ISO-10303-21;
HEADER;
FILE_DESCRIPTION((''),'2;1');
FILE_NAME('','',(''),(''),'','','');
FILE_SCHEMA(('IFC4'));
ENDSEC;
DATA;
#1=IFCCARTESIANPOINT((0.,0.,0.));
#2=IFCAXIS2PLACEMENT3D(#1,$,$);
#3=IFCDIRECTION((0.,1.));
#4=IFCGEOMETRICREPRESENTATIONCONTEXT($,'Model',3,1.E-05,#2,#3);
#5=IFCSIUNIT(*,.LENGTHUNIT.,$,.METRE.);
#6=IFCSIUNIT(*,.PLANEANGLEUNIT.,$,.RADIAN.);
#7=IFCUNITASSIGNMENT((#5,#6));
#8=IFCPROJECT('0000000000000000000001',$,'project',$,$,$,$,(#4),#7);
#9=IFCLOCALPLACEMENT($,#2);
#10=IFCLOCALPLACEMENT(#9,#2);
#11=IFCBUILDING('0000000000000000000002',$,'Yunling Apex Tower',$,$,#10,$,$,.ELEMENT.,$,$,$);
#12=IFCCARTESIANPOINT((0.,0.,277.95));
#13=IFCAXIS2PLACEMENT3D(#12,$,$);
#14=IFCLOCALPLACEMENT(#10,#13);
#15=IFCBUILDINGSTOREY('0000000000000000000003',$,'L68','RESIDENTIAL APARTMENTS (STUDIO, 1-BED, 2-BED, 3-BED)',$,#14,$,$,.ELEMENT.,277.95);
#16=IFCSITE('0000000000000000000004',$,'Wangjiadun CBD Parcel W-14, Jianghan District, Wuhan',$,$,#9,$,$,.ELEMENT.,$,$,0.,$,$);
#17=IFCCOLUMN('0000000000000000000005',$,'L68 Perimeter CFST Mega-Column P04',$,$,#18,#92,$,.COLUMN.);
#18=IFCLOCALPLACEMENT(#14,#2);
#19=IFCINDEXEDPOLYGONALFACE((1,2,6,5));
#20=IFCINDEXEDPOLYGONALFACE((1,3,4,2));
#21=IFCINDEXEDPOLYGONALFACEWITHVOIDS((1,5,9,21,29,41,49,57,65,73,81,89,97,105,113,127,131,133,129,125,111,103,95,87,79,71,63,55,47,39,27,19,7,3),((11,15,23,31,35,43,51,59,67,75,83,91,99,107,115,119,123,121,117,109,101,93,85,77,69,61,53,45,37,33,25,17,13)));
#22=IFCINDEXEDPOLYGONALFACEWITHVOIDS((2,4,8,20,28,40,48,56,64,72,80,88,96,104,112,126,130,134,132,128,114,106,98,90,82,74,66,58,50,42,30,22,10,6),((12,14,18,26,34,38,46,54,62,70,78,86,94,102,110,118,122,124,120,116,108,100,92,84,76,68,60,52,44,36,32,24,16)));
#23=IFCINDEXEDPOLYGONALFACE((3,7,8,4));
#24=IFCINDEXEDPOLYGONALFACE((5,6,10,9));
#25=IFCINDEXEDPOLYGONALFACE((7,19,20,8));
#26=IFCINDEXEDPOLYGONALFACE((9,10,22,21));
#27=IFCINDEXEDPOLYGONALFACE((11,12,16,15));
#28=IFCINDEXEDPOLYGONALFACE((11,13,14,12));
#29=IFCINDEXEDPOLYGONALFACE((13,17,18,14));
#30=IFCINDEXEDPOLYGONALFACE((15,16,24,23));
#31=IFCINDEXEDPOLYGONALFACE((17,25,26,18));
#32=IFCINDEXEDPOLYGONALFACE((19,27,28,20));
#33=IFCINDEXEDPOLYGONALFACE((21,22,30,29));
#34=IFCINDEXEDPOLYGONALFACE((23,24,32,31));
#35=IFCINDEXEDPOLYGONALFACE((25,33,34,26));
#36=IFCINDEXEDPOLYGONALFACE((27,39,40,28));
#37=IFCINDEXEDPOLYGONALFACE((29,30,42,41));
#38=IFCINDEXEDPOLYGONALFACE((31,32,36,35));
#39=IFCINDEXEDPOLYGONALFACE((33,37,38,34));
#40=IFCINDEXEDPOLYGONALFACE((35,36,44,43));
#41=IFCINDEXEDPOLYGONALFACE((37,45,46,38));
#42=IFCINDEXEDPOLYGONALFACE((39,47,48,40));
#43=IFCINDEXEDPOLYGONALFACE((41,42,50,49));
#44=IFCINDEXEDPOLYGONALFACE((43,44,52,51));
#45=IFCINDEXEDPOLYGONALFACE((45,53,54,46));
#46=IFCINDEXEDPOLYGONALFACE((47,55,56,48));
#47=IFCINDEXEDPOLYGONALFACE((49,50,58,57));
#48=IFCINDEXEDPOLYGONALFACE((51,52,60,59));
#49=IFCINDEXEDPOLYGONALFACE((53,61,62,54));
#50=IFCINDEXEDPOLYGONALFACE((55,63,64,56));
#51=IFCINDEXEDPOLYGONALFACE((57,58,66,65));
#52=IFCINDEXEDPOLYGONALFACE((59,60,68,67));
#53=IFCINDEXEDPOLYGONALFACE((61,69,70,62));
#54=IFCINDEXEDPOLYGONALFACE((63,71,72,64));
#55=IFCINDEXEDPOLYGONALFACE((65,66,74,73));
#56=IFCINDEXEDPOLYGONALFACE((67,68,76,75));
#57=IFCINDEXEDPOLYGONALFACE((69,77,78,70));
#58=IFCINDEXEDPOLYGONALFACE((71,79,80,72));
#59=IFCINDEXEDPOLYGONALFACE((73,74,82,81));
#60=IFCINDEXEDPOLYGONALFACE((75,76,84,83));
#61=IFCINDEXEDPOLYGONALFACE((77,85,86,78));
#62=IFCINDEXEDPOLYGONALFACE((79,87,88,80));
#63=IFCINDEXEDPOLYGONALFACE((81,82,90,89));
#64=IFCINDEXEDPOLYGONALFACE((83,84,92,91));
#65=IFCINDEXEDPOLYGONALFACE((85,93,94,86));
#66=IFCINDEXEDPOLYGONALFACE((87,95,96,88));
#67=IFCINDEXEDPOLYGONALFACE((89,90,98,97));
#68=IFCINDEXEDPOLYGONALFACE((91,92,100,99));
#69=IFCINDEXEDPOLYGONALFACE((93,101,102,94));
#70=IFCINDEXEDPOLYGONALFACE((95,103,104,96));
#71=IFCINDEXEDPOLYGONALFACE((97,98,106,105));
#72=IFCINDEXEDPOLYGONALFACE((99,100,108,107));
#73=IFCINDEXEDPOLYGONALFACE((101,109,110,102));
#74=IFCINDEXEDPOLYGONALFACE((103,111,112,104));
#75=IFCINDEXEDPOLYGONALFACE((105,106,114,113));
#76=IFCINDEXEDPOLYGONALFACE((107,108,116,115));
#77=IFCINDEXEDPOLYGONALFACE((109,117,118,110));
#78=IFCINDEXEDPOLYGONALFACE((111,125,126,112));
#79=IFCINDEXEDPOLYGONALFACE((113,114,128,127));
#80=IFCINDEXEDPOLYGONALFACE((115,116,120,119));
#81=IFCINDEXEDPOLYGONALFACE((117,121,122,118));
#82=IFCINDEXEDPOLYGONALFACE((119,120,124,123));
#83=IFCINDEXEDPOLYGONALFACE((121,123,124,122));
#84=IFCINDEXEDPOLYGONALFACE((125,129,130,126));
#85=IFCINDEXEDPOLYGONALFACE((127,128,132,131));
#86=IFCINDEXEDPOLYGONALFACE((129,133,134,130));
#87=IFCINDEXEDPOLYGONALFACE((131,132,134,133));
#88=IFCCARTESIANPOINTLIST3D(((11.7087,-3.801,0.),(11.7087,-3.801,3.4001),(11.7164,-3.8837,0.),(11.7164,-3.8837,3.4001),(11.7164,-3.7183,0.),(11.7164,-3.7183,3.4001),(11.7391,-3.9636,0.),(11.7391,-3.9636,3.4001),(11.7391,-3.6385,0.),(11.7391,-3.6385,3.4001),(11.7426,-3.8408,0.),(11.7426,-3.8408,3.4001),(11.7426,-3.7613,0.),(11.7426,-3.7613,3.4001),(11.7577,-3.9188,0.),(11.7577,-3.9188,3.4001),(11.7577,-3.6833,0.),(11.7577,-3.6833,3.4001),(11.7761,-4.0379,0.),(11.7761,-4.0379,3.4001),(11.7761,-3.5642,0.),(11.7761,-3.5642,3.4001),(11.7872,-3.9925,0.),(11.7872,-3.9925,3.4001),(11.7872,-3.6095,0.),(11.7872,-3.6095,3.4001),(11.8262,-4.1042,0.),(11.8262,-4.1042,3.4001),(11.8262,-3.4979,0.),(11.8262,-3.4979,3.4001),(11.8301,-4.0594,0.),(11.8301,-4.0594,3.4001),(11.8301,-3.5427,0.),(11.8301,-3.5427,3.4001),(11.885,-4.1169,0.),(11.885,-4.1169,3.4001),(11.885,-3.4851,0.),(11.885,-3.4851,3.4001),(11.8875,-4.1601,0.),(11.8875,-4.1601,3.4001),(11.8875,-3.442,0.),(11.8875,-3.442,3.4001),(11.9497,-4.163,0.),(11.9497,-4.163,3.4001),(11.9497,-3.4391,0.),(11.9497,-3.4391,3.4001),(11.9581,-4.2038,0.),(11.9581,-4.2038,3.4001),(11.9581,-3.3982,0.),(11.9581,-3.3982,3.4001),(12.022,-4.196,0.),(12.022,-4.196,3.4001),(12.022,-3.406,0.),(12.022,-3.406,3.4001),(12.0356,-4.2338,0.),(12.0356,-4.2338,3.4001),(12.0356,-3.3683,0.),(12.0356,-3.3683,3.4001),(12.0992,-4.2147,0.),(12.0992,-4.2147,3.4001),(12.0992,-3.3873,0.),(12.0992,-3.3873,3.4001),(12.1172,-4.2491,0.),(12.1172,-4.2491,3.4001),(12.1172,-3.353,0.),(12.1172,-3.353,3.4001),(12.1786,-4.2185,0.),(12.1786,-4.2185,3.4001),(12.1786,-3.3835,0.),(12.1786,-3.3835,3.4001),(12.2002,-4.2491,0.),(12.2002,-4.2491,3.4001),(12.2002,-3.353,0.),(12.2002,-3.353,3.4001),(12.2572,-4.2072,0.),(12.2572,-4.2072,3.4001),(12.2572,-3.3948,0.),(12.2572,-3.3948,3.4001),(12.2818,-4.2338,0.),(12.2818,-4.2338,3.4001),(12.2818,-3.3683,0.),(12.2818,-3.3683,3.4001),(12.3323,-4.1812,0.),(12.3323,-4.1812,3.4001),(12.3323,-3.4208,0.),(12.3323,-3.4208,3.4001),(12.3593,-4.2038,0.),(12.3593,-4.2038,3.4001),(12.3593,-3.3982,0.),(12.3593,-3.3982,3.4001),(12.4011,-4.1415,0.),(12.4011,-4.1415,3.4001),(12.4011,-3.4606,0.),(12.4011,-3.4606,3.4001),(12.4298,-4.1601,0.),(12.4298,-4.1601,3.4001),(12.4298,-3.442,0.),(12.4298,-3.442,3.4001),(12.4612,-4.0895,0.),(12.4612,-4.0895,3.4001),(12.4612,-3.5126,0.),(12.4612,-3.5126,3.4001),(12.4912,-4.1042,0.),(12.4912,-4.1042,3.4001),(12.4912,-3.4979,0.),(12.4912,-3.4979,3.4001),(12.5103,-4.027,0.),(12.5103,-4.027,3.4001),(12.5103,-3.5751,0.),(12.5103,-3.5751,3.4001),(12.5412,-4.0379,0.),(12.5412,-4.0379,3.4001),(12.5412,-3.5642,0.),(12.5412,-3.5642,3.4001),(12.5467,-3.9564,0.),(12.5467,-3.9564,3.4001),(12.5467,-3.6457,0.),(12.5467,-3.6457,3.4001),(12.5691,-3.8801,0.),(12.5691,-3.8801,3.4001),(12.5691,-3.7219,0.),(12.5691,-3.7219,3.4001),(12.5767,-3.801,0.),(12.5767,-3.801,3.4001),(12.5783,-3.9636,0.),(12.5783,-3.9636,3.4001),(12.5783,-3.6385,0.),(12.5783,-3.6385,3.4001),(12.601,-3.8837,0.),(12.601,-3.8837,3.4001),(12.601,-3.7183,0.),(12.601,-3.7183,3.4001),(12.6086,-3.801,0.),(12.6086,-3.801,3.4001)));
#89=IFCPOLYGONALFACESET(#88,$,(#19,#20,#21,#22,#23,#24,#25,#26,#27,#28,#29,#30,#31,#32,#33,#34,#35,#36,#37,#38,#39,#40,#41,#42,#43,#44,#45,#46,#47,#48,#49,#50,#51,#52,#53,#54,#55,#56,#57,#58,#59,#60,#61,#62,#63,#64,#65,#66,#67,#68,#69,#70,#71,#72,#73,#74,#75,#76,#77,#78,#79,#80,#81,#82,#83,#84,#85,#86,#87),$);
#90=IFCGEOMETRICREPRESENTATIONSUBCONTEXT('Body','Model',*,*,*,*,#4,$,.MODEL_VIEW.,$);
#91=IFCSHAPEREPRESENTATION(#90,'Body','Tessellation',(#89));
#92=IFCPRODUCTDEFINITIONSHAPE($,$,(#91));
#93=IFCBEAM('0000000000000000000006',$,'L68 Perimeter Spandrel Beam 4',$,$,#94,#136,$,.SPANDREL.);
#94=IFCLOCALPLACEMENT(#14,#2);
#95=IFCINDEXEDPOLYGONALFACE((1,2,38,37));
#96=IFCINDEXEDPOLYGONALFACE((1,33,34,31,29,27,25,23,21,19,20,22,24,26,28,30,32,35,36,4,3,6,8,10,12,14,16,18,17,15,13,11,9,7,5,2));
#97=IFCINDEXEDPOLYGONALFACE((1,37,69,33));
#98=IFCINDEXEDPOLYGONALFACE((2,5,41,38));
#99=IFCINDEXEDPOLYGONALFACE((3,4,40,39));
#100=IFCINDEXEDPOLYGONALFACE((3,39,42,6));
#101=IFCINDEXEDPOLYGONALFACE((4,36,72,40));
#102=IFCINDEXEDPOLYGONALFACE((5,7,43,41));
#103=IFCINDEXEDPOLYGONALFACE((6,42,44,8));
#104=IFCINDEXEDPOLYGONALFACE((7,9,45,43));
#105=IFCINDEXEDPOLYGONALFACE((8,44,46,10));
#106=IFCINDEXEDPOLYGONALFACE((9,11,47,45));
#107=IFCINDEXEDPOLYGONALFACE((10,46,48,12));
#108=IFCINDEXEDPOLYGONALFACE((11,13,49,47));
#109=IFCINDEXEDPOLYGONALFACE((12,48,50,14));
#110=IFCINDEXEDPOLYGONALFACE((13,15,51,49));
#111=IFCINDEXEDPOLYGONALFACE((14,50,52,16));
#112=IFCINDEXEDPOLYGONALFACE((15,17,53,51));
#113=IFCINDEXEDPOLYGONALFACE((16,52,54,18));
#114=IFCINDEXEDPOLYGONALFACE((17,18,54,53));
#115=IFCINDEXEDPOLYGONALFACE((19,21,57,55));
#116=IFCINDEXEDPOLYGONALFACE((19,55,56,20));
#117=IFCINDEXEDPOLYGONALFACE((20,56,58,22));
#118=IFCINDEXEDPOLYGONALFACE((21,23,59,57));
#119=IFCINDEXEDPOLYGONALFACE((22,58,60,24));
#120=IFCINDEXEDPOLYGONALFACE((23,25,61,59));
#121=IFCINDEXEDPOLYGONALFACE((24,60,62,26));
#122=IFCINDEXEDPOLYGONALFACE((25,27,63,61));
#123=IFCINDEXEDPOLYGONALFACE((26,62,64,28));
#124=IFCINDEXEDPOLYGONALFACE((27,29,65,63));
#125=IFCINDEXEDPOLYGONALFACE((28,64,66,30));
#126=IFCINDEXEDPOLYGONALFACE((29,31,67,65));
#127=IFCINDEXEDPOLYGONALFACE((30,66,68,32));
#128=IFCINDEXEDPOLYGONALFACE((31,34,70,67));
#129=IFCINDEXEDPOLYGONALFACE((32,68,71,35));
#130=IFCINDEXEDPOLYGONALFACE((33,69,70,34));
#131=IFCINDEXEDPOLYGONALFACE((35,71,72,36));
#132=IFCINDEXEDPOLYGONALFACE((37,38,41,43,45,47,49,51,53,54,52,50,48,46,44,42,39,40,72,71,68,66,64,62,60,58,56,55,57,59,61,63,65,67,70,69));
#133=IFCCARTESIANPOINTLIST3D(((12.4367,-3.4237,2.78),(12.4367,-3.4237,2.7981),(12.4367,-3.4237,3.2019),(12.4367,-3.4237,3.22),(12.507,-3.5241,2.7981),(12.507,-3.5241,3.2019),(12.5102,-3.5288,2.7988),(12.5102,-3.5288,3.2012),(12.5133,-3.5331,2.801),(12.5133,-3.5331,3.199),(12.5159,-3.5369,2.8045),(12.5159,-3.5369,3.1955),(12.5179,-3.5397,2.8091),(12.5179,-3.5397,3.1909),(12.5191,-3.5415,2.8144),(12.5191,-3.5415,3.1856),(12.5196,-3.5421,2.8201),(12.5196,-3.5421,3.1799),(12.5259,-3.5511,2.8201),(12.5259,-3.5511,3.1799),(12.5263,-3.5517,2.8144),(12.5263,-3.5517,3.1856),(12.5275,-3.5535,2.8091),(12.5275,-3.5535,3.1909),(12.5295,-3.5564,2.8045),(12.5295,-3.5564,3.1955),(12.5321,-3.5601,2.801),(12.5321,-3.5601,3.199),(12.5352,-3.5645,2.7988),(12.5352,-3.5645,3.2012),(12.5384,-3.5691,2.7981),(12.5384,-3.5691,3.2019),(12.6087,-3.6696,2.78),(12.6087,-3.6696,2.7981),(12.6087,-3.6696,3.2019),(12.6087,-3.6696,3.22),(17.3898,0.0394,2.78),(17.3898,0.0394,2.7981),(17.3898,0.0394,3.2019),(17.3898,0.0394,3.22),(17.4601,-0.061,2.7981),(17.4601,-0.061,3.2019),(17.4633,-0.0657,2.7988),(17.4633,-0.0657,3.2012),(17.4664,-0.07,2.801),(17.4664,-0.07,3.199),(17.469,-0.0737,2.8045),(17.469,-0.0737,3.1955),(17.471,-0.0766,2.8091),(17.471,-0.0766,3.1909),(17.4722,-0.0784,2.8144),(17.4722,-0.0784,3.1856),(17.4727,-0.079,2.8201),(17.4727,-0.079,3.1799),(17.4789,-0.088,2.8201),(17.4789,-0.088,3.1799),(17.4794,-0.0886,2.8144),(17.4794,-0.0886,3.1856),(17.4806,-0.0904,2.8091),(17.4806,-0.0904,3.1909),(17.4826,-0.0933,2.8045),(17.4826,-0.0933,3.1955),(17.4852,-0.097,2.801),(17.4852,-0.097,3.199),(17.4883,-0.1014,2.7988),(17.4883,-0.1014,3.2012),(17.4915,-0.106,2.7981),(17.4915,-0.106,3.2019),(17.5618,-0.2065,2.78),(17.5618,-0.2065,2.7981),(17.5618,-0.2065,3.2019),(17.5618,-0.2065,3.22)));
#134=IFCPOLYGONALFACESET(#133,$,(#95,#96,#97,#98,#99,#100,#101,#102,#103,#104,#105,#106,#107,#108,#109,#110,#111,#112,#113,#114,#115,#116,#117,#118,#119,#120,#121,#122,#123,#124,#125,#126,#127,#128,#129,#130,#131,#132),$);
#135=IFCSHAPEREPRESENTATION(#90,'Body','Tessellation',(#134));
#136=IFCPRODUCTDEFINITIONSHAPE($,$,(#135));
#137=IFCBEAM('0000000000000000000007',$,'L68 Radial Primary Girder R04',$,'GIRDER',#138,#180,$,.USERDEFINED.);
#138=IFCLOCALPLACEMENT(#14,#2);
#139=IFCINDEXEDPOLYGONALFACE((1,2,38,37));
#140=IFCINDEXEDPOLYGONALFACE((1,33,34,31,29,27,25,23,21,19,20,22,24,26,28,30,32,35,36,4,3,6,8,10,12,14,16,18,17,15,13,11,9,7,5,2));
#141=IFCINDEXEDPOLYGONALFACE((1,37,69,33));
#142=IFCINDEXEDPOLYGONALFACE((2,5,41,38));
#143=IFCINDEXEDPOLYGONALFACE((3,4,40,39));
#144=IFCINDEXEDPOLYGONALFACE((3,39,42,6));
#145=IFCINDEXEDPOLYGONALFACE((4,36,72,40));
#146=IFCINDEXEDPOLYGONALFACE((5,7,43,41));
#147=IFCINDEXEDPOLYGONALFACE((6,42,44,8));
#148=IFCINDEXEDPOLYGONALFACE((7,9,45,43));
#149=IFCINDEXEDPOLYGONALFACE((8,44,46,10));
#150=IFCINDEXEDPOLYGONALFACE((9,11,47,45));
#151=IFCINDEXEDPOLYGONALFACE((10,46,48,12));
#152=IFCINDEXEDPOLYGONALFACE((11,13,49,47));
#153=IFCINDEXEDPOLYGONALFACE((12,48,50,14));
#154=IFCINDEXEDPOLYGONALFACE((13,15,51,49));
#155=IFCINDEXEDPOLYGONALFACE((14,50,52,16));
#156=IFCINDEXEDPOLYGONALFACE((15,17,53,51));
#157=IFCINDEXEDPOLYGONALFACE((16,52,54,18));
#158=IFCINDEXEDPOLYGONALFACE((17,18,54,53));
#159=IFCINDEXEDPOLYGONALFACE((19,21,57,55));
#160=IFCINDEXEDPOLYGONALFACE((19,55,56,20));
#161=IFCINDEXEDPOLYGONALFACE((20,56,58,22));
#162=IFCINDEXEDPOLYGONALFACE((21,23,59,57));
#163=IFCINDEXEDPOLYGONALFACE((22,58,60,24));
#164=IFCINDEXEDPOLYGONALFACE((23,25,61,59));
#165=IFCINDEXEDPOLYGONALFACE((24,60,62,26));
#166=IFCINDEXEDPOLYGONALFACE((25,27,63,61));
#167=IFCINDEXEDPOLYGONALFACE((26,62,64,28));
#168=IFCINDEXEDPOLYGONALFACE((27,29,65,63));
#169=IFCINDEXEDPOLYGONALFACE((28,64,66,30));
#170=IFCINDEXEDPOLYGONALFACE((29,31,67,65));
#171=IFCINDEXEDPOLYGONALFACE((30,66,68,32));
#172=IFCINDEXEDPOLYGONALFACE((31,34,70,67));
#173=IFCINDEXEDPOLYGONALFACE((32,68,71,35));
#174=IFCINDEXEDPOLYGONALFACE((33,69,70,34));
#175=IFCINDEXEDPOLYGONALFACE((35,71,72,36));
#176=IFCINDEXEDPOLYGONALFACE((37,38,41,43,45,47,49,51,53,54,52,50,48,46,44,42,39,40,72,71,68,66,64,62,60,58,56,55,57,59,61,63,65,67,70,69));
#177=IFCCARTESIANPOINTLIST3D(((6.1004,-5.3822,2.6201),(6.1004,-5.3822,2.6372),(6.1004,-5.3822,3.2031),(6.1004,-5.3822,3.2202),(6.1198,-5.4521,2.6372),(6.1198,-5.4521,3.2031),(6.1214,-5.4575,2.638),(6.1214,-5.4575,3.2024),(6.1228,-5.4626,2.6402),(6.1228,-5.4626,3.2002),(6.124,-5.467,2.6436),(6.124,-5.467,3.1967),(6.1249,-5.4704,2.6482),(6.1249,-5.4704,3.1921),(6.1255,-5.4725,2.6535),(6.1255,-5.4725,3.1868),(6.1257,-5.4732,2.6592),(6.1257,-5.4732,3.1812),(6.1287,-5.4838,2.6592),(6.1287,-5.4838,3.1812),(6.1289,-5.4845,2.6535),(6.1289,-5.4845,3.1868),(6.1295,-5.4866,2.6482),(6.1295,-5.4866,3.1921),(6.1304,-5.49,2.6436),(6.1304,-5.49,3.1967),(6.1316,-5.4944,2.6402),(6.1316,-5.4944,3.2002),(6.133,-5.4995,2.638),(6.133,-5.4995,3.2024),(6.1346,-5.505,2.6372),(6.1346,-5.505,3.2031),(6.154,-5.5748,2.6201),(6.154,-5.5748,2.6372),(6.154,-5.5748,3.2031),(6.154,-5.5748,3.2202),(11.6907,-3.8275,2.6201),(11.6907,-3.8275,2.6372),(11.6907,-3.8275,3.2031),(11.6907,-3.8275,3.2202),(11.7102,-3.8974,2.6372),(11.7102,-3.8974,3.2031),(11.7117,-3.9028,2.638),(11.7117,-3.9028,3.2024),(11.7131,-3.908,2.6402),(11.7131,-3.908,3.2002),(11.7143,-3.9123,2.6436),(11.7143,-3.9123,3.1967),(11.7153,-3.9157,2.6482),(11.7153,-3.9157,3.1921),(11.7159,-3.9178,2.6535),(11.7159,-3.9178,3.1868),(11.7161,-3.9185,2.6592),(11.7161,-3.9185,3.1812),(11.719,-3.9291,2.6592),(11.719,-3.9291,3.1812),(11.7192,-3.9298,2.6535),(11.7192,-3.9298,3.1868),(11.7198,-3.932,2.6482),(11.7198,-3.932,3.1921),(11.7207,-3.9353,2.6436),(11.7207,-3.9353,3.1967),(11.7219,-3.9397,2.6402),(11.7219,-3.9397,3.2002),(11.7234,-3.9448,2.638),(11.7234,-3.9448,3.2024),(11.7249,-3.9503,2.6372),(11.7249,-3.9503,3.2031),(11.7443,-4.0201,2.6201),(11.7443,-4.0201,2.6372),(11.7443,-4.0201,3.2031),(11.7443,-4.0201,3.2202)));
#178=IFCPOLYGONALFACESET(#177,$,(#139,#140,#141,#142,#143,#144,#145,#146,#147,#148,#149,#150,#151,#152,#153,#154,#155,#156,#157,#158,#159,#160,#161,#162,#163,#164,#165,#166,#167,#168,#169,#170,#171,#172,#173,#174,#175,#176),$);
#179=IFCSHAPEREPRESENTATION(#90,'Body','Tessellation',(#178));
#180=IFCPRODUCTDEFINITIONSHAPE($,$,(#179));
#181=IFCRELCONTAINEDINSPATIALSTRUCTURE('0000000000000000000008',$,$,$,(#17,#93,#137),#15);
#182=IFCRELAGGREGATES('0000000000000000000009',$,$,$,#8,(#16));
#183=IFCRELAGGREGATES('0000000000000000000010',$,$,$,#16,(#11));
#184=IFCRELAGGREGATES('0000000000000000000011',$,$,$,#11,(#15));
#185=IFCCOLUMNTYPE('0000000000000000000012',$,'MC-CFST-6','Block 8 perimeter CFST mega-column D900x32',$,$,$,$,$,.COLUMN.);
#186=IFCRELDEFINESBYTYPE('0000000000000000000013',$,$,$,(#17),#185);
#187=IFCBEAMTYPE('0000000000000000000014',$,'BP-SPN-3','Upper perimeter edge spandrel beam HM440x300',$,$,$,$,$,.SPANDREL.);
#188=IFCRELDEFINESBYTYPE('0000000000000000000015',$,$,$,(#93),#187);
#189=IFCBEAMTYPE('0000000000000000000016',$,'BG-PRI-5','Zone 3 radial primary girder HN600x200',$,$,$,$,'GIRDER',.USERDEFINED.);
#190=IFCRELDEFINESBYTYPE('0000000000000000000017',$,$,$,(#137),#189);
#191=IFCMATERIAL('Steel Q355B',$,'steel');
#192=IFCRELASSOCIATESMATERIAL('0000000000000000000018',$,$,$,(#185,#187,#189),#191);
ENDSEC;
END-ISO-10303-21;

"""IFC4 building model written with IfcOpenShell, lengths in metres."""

from ifc_helpers import new_model, si_unit, direction, frame, origin, origin_2d, place, context, subcontext, project, spatial, hollow_circle, i_section, extrude, source, transform, mapped, material, material_profile, profile_set, type_object, element, save


model = new_model("IFC4")

# Units and contexts
model_context = context("Model", 3, precision=1e-05, world=origin(), true_north=direction((0.0, 1.0)))
body_context = subcontext(model_context, "Body", "Model", "MODEL_VIEW")
ifc_project = project(units=[si_unit("LENGTHUNIT", "METRE"), si_unit("PLANEANGLEUNIT", "RADIAN")], contexts=[model_context])

# Site, building, storey
site_placement = place(None, origin())
site = spatial("IfcSite", under=ifc_project, at=site_placement, Name="Wangjiadun CBD Parcel W-14, Jianghan District, Wuhan", CompositionType="ELEMENT", RefElevation=0.0)
building_placement = place(site_placement, origin())
building = spatial("IfcBuilding", under=site, at=building_placement, Name="Yunling Apex Tower", CompositionType="ELEMENT")
storey_placement = place(building_placement, frame((0.0, 0.0, 277.95)))
storey = spatial("IfcBuildingStorey", under=building, at=storey_placement, Name="L68", Description="RESIDENTIAL APARTMENTS (STUDIO, 1-BED, 2-BED, 3-BED)", CompositionType="ELEMENT", Elevation=277.95)

# Column
ifc_material_1 = material(Name="Steel Q355B", Category="steel")
ifc_material_profile_1 = material_profile(ifc_material_1, hollow_circle(Radius=0.45, WallThickness=0.032, at=origin_2d()))
ifc_profile_set_1 = profile_set([ifc_material_profile_1], Name="Steel Q355B")
column_type = type_object("IfcColumnType", Name="MC-CFST-6", Description="Block 8 perimeter CFST mega-column D900x32", PredefinedType="COLUMN", material=ifc_profile_set_1)
shared_shape_1 = source(origin(), body_context, "Body", "SweptSolid", [
    extrude(hollow_circle(Radius=0.45, WallThickness=0.032, at=origin_2d()), origin(), (0.0, 0.0, 1.0), 3.4001),
])
column_placement = place(storey_placement, frame((12.1587, -3.801, 0.0), z_axis=(0.0, 0.0, 1.0), x_axis=(1.0, 0.0, 0.0)))
element("IfcColumn", 1, at=column_placement, inside=storey, type_object=column_type, Name="L68 Perimeter CFST Mega-Column P04", PredefinedType="COLUMN", context=body_context, shape_type="MappedRepresentation", body=[
    mapped(shared_shape_1, transform((0.0, 0.0, 0.0), scale=1.0)),
])

# Beams
ifc_material_profile_2 = material_profile(ifc_material_1, i_section(OverallWidth=0.3, OverallDepth=0.4399, WebThickness=0.011, FlangeThickness=0.0181, FilletRadius=0.022, at=origin_2d()))
ifc_profile_set_2 = profile_set([ifc_material_profile_2], Name="Steel Q355B")
beam_type_1 = type_object("IfcBeamType", Name="BP-SPN-3", Description="Upper perimeter edge spandrel beam HM440x300", PredefinedType="SPANDREL", material=ifc_profile_set_2)
shared_shape_2 = source(origin(), body_context, "Body", "SweptSolid", [
    extrude(i_section(OverallWidth=0.3, OverallDepth=0.4399, WebThickness=0.011, FlangeThickness=0.0181, FilletRadius=0.022, at=origin_2d()), origin(), (0.0, 0.0, 1.0), 6.0437),
])
beam_1_placement = place(storey_placement, frame((12.5227, -3.5466, 3.0), z_axis=(0.819547, 0.573012, 0.0), x_axis=(-0.573012, 0.819547, 0.0)))
element("IfcBeam", 2, at=beam_1_placement, inside=storey, type_object=beam_type_1, Name="L68 Perimeter Spandrel Beam 4", PredefinedType="SPANDREL", context=body_context, shape_type="MappedRepresentation", body=[
    mapped(shared_shape_2, transform((0.0, 0.0, 0.0), scale=1.0)),
])
ifc_material_profile_3 = material_profile(ifc_material_1, i_section(OverallWidth=0.2, OverallDepth=0.6001, WebThickness=0.011, FlangeThickness=0.0171, FilletRadius=0.022, at=origin_2d()))
ifc_profile_set_3 = profile_set([ifc_material_profile_3], Name="Steel Q355B")
beam_type_2 = type_object("IfcBeamType", Name="BG-PRI-5", Description="Zone 3 radial primary girder HN600x200", ElementType="GIRDER", PredefinedType="USERDEFINED", material=ifc_profile_set_3)
shared_shape_3 = source(origin(), body_context, "Body", "SweptSolid", [
    extrude(i_section(OverallWidth=0.2, OverallDepth=0.6001, WebThickness=0.011, FlangeThickness=0.0171, FilletRadius=0.022, at=origin_2d()), origin(), (0.0, 0.0, 1.0), 5.8025),
])
beam_2_placement = place(storey_placement, frame((11.7175, -3.9238, 2.9202), z_axis=(-0.963437, -0.267935, 0.0), x_axis=(0.267935, -0.963437, 0.0)))
element("IfcBeam", 3, at=beam_2_placement, inside=storey, type_object=beam_type_2, Name="L68 Radial Primary Girder R04", ObjectType="GIRDER", PredefinedType="USERDEFINED", context=body_context, shape_type="MappedRepresentation", body=[
    mapped(shared_shape_3, transform((0.0, 0.0, 0.0), scale=1.0)),
])

save(model, "model.ifc")
